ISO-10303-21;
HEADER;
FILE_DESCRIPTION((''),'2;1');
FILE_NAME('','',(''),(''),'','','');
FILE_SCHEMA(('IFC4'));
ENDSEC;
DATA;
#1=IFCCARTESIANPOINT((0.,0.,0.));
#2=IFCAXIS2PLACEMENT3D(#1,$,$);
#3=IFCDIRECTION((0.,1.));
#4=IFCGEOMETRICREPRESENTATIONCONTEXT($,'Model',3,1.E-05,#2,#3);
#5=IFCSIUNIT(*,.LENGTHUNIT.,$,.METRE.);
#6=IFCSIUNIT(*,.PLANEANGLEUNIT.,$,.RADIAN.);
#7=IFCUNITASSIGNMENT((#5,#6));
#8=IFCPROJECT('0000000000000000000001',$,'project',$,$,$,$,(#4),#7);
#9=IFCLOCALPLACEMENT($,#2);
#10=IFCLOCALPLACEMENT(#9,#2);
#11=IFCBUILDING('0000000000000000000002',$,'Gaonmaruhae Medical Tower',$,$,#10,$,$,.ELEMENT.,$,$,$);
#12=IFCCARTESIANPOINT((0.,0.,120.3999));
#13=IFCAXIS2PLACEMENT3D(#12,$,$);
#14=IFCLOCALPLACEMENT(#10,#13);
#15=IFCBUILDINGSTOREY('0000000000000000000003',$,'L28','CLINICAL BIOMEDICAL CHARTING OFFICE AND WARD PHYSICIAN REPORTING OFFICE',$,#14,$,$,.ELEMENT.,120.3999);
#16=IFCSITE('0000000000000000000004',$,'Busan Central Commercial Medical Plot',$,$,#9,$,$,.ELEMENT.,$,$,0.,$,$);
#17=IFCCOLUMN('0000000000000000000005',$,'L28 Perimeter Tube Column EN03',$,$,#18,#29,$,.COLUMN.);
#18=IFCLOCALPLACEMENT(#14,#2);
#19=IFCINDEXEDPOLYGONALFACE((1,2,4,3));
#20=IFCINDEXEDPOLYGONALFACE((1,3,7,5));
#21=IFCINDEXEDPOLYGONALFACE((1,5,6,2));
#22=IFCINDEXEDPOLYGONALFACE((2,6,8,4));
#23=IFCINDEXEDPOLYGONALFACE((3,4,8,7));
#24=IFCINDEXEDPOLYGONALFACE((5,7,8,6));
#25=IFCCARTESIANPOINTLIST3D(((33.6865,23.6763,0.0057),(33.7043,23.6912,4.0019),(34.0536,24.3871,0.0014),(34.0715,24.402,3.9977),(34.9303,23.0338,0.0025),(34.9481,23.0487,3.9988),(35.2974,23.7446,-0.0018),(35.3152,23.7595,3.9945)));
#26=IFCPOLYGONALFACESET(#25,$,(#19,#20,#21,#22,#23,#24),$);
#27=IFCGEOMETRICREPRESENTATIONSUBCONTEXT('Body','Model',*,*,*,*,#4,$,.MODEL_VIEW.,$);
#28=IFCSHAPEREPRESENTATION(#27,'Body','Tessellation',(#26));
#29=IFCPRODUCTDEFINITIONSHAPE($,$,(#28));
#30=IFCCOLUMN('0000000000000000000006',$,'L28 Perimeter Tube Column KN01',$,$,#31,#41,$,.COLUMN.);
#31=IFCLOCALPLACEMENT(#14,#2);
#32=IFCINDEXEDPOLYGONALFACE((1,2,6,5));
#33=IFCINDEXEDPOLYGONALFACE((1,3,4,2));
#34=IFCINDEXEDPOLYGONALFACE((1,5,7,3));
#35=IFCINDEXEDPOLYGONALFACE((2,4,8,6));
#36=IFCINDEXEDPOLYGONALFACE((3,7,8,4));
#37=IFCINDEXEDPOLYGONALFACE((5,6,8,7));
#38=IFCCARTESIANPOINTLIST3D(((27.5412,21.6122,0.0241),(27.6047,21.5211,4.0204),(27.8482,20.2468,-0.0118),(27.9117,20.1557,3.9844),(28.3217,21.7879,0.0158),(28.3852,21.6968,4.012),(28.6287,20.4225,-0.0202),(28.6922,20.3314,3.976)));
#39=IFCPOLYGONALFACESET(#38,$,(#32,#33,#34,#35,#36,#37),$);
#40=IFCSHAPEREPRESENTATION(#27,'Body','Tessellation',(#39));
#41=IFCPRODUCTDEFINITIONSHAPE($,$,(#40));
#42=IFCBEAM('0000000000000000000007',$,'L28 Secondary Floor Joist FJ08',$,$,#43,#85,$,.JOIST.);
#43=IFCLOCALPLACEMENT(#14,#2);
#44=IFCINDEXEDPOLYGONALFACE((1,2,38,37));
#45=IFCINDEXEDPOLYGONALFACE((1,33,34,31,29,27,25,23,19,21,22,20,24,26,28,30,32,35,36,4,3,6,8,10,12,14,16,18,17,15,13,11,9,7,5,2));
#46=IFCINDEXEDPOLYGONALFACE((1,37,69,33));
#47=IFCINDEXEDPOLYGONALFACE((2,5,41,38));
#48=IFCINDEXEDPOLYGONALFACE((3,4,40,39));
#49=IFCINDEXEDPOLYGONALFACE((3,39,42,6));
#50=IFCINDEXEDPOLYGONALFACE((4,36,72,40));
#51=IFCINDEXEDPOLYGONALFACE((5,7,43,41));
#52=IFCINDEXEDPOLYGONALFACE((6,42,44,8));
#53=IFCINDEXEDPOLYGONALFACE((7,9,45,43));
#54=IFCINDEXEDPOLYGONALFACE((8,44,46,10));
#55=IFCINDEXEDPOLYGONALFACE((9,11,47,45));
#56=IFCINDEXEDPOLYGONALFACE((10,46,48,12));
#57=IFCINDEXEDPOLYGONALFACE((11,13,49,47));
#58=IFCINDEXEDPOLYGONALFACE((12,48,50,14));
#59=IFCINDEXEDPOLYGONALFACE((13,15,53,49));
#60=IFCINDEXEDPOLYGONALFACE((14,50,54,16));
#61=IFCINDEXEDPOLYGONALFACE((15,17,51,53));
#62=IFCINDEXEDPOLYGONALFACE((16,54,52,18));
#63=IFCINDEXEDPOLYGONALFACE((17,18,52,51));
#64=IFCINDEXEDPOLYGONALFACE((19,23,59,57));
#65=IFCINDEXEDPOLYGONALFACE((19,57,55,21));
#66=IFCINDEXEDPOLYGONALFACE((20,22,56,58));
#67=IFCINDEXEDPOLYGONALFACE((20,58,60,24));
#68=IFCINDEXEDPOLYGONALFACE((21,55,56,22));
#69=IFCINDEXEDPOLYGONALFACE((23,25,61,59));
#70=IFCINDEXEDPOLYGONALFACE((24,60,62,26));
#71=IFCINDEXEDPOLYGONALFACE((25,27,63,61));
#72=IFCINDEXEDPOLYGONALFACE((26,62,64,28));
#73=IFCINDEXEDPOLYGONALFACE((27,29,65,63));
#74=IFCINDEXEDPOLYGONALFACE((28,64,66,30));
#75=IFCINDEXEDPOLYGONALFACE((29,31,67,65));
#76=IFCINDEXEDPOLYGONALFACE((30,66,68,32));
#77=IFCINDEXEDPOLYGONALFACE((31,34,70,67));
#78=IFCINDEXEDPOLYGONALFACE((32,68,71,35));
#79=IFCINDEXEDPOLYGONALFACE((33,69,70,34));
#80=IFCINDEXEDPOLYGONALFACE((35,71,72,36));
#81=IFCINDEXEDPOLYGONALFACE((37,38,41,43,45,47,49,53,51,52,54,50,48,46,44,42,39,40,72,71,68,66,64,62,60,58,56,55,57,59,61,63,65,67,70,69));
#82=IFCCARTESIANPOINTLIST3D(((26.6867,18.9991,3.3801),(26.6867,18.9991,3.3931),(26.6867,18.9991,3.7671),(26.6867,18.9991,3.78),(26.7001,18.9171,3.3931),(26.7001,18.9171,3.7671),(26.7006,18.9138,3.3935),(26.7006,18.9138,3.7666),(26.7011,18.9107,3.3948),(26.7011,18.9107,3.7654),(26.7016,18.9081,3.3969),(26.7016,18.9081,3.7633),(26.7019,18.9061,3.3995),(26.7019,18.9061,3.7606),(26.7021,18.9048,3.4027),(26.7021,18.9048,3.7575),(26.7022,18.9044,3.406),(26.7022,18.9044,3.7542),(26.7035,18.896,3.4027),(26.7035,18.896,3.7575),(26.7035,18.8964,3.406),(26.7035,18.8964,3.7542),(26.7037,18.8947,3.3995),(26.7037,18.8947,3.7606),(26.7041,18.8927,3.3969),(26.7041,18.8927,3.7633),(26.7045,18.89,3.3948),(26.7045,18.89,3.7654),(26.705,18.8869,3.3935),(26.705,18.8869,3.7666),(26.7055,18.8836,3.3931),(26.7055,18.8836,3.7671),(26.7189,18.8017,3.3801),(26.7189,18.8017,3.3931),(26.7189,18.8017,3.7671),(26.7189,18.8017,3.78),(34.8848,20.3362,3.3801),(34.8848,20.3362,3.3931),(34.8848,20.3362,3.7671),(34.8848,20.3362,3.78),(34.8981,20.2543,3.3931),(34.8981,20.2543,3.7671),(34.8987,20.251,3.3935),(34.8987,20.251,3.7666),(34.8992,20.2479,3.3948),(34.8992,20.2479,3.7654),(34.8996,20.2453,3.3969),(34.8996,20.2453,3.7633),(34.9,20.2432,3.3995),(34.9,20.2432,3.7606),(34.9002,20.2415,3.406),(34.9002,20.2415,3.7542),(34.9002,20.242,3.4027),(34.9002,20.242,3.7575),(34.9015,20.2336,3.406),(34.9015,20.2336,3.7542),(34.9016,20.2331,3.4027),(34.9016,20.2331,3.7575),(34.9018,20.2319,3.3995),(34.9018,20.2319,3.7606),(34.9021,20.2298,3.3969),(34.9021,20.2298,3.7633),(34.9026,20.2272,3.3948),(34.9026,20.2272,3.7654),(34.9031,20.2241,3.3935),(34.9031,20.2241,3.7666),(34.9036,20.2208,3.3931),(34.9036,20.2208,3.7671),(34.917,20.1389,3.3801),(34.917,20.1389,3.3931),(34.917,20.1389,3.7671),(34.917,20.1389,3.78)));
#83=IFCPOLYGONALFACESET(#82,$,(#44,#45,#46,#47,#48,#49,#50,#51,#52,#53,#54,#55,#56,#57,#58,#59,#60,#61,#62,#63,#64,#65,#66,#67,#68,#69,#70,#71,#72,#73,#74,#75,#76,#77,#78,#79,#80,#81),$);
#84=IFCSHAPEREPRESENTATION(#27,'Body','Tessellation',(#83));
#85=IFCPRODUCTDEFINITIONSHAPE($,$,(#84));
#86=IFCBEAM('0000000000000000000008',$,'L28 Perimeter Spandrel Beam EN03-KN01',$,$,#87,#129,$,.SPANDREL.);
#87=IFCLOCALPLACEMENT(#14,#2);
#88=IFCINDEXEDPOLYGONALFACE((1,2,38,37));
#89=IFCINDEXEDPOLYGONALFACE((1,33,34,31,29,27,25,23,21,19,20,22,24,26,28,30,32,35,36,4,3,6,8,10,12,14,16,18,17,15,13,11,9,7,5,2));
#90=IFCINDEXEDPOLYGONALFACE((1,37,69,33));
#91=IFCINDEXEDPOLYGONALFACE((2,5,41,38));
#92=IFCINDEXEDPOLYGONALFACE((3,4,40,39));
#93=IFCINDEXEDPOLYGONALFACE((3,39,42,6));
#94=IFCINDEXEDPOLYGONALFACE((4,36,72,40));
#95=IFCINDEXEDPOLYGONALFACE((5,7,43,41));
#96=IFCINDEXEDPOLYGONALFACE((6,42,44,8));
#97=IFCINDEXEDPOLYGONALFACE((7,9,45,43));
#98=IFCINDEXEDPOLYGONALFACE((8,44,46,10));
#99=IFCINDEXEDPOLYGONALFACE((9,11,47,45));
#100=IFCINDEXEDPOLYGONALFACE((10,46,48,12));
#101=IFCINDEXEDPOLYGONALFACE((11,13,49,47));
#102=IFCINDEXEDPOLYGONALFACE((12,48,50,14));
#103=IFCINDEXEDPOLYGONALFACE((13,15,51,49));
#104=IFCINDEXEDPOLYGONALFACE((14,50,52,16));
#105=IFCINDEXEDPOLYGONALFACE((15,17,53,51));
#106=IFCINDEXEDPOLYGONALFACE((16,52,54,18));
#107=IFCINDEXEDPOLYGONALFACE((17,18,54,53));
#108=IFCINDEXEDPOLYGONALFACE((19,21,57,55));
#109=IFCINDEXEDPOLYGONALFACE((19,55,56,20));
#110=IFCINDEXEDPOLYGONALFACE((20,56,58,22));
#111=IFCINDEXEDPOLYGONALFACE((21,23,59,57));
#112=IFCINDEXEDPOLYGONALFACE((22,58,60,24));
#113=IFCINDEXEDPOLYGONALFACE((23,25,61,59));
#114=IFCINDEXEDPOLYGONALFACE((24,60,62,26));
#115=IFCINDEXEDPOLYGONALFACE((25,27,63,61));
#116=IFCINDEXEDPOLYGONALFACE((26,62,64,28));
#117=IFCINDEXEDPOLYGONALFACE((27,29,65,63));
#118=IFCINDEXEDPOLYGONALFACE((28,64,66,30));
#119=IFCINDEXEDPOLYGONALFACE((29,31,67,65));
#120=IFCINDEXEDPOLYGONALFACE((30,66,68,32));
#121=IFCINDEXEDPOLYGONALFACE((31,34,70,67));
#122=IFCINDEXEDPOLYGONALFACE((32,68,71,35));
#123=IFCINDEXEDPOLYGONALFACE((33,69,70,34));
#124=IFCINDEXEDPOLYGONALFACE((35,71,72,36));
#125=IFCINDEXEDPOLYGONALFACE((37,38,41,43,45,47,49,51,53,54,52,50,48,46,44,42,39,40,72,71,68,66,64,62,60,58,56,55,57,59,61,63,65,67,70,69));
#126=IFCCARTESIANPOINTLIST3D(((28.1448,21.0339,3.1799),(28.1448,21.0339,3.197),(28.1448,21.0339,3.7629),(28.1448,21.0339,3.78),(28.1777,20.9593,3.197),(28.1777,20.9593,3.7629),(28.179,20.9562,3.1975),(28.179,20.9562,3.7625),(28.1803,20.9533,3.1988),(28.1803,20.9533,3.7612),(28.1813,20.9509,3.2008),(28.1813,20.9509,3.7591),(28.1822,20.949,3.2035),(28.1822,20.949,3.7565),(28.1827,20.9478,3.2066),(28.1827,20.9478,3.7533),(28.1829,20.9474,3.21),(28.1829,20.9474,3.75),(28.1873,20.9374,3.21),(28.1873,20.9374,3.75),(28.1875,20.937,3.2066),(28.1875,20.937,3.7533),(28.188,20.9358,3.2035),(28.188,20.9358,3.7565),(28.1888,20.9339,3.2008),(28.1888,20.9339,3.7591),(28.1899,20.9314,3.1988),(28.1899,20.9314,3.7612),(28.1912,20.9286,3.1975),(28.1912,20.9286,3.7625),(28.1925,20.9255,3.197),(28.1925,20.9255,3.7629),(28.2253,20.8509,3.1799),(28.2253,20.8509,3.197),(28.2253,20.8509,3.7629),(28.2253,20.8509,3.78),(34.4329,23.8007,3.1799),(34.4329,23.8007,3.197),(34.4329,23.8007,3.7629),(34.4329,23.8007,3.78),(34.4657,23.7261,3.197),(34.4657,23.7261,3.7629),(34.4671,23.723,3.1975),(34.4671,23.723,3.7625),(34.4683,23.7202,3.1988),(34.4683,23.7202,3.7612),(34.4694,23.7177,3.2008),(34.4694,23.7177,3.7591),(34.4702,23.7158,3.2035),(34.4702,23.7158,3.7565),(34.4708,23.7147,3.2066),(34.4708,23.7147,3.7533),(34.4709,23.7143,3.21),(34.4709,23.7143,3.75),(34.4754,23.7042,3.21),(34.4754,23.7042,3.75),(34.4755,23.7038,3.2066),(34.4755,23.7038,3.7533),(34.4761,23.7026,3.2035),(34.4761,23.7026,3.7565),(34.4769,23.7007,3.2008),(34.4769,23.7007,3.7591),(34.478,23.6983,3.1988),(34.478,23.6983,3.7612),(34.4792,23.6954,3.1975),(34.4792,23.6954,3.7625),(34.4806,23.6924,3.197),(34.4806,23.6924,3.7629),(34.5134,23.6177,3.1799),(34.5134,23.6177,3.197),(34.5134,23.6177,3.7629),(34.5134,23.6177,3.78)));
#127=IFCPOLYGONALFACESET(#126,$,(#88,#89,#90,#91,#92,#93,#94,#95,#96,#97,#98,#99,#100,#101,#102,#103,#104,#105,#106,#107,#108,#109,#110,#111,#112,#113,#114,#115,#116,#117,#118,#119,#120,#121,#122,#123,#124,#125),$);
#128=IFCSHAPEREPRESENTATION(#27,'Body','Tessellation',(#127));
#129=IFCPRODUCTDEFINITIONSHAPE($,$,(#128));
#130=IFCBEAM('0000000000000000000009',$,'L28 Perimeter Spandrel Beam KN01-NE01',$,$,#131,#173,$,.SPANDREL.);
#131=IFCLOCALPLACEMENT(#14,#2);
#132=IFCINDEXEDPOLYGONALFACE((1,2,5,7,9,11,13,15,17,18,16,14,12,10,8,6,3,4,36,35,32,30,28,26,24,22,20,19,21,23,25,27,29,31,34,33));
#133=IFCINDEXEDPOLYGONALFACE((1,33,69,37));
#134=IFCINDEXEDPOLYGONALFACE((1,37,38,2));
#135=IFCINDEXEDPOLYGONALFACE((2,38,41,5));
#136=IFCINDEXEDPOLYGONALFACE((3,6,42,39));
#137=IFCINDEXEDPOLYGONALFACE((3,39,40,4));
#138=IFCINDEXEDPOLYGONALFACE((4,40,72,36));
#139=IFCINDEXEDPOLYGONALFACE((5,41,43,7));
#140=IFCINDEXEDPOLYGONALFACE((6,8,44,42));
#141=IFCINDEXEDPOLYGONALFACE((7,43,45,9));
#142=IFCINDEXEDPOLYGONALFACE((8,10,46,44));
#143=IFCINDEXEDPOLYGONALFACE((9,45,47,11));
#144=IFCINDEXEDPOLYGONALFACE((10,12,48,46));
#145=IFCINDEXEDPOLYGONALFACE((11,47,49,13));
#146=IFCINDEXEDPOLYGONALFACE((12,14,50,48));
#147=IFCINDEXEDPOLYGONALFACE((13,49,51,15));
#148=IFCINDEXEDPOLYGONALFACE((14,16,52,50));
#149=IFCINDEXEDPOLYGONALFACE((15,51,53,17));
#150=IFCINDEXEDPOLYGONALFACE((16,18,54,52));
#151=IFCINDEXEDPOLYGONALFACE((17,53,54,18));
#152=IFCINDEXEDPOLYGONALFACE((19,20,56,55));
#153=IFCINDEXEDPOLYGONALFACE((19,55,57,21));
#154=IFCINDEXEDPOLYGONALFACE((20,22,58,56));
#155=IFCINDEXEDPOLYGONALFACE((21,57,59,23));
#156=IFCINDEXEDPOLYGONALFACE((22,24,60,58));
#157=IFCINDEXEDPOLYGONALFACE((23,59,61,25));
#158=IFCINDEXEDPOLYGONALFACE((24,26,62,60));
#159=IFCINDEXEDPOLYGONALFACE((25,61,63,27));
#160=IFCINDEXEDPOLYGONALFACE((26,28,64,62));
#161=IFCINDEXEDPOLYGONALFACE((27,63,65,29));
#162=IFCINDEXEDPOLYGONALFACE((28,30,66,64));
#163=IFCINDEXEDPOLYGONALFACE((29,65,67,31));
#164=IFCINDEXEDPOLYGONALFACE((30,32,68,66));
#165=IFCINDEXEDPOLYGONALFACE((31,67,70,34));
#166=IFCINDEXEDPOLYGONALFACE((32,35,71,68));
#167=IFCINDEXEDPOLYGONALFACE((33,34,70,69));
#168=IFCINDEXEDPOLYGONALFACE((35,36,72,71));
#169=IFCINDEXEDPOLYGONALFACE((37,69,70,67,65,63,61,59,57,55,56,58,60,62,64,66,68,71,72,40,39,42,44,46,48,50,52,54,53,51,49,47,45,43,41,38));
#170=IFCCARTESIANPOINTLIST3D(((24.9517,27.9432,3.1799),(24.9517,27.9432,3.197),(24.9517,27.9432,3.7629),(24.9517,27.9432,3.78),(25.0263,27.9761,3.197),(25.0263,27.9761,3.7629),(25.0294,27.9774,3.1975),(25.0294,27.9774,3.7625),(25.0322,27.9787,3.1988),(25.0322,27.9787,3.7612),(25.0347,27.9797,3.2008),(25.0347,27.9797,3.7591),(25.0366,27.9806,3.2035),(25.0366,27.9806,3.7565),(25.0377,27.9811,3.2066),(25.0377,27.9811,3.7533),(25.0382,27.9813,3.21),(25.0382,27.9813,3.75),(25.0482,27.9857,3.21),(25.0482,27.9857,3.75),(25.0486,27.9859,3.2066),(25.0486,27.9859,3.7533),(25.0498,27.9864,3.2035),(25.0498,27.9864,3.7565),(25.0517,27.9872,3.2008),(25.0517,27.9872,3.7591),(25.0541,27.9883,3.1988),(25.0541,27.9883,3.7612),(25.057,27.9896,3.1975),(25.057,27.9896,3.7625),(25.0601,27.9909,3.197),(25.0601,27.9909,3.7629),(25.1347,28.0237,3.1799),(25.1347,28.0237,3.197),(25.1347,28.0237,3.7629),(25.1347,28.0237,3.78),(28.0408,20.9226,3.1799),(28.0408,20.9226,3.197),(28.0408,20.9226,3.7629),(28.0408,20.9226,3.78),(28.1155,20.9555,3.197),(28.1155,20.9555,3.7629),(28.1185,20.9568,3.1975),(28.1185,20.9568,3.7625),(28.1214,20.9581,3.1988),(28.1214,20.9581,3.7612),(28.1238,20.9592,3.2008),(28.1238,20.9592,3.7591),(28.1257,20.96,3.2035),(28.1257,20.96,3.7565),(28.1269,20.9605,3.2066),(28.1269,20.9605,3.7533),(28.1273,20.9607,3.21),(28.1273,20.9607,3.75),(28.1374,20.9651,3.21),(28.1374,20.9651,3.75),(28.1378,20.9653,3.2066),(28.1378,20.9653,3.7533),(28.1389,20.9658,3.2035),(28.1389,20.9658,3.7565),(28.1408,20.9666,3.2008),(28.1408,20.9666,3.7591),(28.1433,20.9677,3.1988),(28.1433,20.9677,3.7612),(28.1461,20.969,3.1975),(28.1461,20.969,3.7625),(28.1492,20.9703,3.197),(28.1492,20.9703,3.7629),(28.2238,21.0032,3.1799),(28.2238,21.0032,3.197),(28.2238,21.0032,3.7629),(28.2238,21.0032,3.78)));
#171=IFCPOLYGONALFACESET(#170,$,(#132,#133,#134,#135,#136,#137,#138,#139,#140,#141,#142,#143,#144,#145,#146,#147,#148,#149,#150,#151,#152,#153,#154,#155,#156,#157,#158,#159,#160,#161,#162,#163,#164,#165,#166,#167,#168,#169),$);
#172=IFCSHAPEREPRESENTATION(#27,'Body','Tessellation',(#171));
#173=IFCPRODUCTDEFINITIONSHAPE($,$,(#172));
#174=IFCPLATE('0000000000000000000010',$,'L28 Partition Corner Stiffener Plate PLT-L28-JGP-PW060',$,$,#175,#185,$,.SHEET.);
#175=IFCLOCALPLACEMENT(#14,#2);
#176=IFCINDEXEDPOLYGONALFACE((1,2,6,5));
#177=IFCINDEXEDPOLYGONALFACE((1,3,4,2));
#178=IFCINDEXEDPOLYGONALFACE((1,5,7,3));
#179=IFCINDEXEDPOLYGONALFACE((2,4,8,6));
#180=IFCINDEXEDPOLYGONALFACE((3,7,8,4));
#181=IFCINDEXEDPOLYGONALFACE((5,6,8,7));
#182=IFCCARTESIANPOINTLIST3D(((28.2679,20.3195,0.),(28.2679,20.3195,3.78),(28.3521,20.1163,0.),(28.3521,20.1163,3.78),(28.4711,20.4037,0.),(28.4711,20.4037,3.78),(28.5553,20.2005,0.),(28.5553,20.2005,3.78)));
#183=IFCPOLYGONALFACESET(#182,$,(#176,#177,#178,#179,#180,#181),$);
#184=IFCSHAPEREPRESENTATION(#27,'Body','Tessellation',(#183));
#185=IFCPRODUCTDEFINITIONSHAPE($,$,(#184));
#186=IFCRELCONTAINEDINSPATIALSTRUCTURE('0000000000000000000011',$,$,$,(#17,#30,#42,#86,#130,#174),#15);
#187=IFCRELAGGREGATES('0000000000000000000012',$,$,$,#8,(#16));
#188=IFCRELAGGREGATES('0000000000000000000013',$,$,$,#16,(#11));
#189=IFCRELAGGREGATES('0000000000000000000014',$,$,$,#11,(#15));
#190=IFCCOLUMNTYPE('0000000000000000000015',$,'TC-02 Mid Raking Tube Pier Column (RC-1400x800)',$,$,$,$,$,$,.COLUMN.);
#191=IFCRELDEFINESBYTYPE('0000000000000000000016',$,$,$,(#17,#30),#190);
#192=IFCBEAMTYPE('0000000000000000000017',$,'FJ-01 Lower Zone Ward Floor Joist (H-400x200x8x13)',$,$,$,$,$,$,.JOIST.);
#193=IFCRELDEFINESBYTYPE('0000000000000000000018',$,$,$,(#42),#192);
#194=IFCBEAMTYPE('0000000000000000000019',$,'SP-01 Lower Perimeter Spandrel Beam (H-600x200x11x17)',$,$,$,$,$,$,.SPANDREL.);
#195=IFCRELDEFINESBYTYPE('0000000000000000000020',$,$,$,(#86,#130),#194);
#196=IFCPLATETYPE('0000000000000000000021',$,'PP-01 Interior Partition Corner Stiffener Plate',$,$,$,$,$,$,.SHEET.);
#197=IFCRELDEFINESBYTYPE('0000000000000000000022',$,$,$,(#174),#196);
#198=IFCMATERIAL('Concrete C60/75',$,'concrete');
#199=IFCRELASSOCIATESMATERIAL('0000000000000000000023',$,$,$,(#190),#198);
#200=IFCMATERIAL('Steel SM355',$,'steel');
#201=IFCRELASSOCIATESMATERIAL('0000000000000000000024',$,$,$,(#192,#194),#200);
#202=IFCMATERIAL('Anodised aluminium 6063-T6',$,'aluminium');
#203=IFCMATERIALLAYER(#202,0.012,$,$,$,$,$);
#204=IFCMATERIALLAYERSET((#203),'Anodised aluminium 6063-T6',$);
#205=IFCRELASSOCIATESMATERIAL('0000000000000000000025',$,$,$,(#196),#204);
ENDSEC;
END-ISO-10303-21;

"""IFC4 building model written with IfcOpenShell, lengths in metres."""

from ifc_helpers import new_model, si_unit, direction, frame, origin, origin_2d, place, context, subcontext, project, spatial, rectangle, i_section, extrude, material, layer, layer_set, material_profile, profile_set, type_object, element, save


model = new_model("IFC4")

# Units and contexts
model_context = context("Model", 3, precision=1e-05, world=origin(), true_north=direction((0.0, 1.0)))
body_context = subcontext(model_context, "Body", "Model", "MODEL_VIEW")
ifc_project = project(units=[si_unit("LENGTHUNIT", "METRE"), si_unit("PLANEANGLEUNIT", "RADIAN")], contexts=[model_context])

# Site, building, storey
site_placement = place(None, origin())
site = spatial("IfcSite", under=ifc_project, at=site_placement, Name="Busan Central Commercial Medical Plot", CompositionType="ELEMENT", RefElevation=0.0)
building_placement = place(site_placement, origin())
building = spatial("IfcBuilding", under=site, at=building_placement, Name="Gaonmaruhae Medical Tower", CompositionType="ELEMENT")
storey_placement = place(building_placement, frame((0.0, 0.0, 120.3999)))
storey = spatial("IfcBuildingStorey", under=building, at=storey_placement, Name="L28", Description="CLINICAL BIOMEDICAL CHARTING OFFICE AND WARD PHYSICIAN REPORTING OFFICE", CompositionType="ELEMENT", Elevation=120.3999)

# Columns
ifc_material_1 = material(Name="Concrete C60/75", Category="concrete")
ifc_material_profile_1 = material_profile(ifc_material_1, rectangle(XDim=1.3999, YDim=0.8, at=origin_2d()), Name="RC-1400x800")
ifc_profile_set_1 = profile_set([ifc_material_profile_1], Name="Concrete C60/75")
column_type = type_object("IfcColumnType", Name="TC-02 Mid Raking Tube Pier Column (RC-1400x800)", PredefinedType="COLUMN", material=ifc_profile_set_1)
column_1_placement = place(storey_placement, frame((34.4919, 23.7104, 0.002), z_axis=(0.00446, 0.003726, 0.999983), x_axis=(-0.888474, 0.458922, 0.002252)))
element("IfcColumn", 1, at=column_1_placement, inside=storey, type_object=column_type, Name="L28 Perimeter Tube Column EN03", PredefinedType="COLUMN", context=body_context, shape_type="SweptSolid", body=[
    extrude(rectangle(XDim=1.3999, YDim=0.8, at=origin_2d()), origin(), (0.0, 0.0, 1.0), 3.9963),
])
column_2_placement = place(storey_placement, frame((28.085, 21.0173, 0.002), z_axis=(0.015878, -0.022778, 0.999614), x_axis=(-0.219275, 0.975324, 0.025708)))
element("IfcColumn", 2, at=column_2_placement, inside=storey, type_object=column_type, Name="L28 Perimeter Tube Column KN01", PredefinedType="COLUMN", context=body_context, shape_type="SweptSolid", body=[
    extrude(rectangle(XDim=1.3999, YDim=0.8, at=origin_2d()), origin(), (0.0, 0.0, 1.0), 3.9978),
])

# Beams
ifc_material_2 = material(Name="Steel SM355", Category="steel")
ifc_material_profile_2 = material_profile(ifc_material_2, i_section(OverallWidth=0.2, OverallDepth=0.3999, WebThickness=0.0081, FlangeThickness=0.0129, FilletRadius=0.0129, at=origin_2d()), Name="H-400x200x8x13")
ifc_profile_set_2 = profile_set([ifc_material_profile_2], Name="Steel SM355")
beam_type_1 = type_object("IfcBeamType", Name="FJ-01 Lower Zone Ward Floor Joist (H-400x200x8x13)", PredefinedType="JOIST", material=ifc_profile_set_2)
beam_1_placement = place(storey_placement, frame((34.9009, 20.2375, 3.5801), z_axis=(-0.986958, -0.160981, 0.0), x_axis=(0.160981, -0.986958, 0.0)))
element("IfcBeam", 3, at=beam_1_placement, inside=storey, type_object=beam_type_1, Name="L28 Secondary Floor Joist FJ08", PredefinedType="JOIST", context=body_context, shape_type="SweptSolid", body=[
    extrude(i_section(OverallWidth=0.2, OverallDepth=0.3999, WebThickness=0.0081, FlangeThickness=0.0129, FilletRadius=0.0129, at=origin_2d()), origin(), (0.0, 0.0, 1.0), 8.3064),
])
ifc_material_profile_3 = material_profile(ifc_material_2, i_section(OverallWidth=0.2, OverallDepth=0.6001, WebThickness=0.011, FlangeThickness=0.0171, FilletRadius=0.0129, at=origin_2d()), Name="H-600x200x11x17")
ifc_profile_set_3 = profile_set([ifc_material_profile_3], Name="Steel SM355")
beam_type_2 = type_object("IfcBeamType", Name="SP-01 Lower Perimeter Spandrel Beam (H-600x200x11x17)", PredefinedType="SPANDREL", material=ifc_profile_set_3)
beam_2_placement = place(storey_placement, frame((34.4731, 23.7092, 3.48), z_axis=(-0.91531, -0.402749, 0.0), x_axis=(0.402749, -0.91531, 0.0)))
element("IfcBeam", 4, at=beam_2_placement, inside=storey, type_object=beam_type_2, Name="L28 Perimeter Spandrel Beam EN03-KN01", PredefinedType="SPANDREL", context=body_context, shape_type="SweptSolid", body=[
    extrude(i_section(OverallWidth=0.2, OverallDepth=0.6001, WebThickness=0.011, FlangeThickness=0.0171, FilletRadius=0.0129, at=origin_2d()), origin(), (0.0, 0.0, 1.0), 6.8699),
])
beam_3_placement = place(storey_placement, frame((28.1323, 20.9629, 3.48), z_axis=(-0.402748, 0.915311, 0.0), x_axis=(-0.915311, -0.402748, 0.0)))
element("IfcBeam", 5, at=beam_3_placement, inside=storey, type_object=beam_type_2, Name="L28 Perimeter Spandrel Beam KN01-NE01", PredefinedType="SPANDREL", context=body_context, shape_type="SweptSolid", body=[
    extrude(i_section(OverallWidth=0.2, OverallDepth=0.6001, WebThickness=0.011, FlangeThickness=0.0171, FilletRadius=0.0129, at=origin_2d()), origin(), (0.0, 0.0, 1.0), 7.6702),
])

# Plate
ifc_material_3 = material(Name="Anodised aluminium 6063-T6", Category="aluminium")
ifc_layer_1 = layer(ifc_material_3, 0.012)
ifc_layer_set_1 = layer_set([ifc_layer_1], Name="Anodised aluminium 6063-T6")
plate_type = type_object("IfcPlateType", Name="PP-01 Interior Partition Corner Stiffener Plate", PredefinedType="SHEET", material=ifc_layer_set_1)
for number, where, z_axis, x_axis, name in (
    (6, (28.4116, 20.26, 0.0), (0.0, 0.0, 1.0), (-0.923866, -0.382716, 0.0), "L28 Partition Corner Stiffener Plate PLT-L28-JGP-PW060"),
):
    element("IfcPlate", number, at=place(storey_placement, frame(where, z_axis=z_axis, x_axis=x_axis)), inside=storey, type_object=plate_type, Name=name, PredefinedType="SHEET", context=body_context, shape_type="SweptSolid", body=[
        extrude(rectangle(XDim=0.22, YDim=0.22, at=origin_2d()), origin(), (0.0, 0.0, 1.0), 3.78),
    ])

save(model, "model.ifc")
